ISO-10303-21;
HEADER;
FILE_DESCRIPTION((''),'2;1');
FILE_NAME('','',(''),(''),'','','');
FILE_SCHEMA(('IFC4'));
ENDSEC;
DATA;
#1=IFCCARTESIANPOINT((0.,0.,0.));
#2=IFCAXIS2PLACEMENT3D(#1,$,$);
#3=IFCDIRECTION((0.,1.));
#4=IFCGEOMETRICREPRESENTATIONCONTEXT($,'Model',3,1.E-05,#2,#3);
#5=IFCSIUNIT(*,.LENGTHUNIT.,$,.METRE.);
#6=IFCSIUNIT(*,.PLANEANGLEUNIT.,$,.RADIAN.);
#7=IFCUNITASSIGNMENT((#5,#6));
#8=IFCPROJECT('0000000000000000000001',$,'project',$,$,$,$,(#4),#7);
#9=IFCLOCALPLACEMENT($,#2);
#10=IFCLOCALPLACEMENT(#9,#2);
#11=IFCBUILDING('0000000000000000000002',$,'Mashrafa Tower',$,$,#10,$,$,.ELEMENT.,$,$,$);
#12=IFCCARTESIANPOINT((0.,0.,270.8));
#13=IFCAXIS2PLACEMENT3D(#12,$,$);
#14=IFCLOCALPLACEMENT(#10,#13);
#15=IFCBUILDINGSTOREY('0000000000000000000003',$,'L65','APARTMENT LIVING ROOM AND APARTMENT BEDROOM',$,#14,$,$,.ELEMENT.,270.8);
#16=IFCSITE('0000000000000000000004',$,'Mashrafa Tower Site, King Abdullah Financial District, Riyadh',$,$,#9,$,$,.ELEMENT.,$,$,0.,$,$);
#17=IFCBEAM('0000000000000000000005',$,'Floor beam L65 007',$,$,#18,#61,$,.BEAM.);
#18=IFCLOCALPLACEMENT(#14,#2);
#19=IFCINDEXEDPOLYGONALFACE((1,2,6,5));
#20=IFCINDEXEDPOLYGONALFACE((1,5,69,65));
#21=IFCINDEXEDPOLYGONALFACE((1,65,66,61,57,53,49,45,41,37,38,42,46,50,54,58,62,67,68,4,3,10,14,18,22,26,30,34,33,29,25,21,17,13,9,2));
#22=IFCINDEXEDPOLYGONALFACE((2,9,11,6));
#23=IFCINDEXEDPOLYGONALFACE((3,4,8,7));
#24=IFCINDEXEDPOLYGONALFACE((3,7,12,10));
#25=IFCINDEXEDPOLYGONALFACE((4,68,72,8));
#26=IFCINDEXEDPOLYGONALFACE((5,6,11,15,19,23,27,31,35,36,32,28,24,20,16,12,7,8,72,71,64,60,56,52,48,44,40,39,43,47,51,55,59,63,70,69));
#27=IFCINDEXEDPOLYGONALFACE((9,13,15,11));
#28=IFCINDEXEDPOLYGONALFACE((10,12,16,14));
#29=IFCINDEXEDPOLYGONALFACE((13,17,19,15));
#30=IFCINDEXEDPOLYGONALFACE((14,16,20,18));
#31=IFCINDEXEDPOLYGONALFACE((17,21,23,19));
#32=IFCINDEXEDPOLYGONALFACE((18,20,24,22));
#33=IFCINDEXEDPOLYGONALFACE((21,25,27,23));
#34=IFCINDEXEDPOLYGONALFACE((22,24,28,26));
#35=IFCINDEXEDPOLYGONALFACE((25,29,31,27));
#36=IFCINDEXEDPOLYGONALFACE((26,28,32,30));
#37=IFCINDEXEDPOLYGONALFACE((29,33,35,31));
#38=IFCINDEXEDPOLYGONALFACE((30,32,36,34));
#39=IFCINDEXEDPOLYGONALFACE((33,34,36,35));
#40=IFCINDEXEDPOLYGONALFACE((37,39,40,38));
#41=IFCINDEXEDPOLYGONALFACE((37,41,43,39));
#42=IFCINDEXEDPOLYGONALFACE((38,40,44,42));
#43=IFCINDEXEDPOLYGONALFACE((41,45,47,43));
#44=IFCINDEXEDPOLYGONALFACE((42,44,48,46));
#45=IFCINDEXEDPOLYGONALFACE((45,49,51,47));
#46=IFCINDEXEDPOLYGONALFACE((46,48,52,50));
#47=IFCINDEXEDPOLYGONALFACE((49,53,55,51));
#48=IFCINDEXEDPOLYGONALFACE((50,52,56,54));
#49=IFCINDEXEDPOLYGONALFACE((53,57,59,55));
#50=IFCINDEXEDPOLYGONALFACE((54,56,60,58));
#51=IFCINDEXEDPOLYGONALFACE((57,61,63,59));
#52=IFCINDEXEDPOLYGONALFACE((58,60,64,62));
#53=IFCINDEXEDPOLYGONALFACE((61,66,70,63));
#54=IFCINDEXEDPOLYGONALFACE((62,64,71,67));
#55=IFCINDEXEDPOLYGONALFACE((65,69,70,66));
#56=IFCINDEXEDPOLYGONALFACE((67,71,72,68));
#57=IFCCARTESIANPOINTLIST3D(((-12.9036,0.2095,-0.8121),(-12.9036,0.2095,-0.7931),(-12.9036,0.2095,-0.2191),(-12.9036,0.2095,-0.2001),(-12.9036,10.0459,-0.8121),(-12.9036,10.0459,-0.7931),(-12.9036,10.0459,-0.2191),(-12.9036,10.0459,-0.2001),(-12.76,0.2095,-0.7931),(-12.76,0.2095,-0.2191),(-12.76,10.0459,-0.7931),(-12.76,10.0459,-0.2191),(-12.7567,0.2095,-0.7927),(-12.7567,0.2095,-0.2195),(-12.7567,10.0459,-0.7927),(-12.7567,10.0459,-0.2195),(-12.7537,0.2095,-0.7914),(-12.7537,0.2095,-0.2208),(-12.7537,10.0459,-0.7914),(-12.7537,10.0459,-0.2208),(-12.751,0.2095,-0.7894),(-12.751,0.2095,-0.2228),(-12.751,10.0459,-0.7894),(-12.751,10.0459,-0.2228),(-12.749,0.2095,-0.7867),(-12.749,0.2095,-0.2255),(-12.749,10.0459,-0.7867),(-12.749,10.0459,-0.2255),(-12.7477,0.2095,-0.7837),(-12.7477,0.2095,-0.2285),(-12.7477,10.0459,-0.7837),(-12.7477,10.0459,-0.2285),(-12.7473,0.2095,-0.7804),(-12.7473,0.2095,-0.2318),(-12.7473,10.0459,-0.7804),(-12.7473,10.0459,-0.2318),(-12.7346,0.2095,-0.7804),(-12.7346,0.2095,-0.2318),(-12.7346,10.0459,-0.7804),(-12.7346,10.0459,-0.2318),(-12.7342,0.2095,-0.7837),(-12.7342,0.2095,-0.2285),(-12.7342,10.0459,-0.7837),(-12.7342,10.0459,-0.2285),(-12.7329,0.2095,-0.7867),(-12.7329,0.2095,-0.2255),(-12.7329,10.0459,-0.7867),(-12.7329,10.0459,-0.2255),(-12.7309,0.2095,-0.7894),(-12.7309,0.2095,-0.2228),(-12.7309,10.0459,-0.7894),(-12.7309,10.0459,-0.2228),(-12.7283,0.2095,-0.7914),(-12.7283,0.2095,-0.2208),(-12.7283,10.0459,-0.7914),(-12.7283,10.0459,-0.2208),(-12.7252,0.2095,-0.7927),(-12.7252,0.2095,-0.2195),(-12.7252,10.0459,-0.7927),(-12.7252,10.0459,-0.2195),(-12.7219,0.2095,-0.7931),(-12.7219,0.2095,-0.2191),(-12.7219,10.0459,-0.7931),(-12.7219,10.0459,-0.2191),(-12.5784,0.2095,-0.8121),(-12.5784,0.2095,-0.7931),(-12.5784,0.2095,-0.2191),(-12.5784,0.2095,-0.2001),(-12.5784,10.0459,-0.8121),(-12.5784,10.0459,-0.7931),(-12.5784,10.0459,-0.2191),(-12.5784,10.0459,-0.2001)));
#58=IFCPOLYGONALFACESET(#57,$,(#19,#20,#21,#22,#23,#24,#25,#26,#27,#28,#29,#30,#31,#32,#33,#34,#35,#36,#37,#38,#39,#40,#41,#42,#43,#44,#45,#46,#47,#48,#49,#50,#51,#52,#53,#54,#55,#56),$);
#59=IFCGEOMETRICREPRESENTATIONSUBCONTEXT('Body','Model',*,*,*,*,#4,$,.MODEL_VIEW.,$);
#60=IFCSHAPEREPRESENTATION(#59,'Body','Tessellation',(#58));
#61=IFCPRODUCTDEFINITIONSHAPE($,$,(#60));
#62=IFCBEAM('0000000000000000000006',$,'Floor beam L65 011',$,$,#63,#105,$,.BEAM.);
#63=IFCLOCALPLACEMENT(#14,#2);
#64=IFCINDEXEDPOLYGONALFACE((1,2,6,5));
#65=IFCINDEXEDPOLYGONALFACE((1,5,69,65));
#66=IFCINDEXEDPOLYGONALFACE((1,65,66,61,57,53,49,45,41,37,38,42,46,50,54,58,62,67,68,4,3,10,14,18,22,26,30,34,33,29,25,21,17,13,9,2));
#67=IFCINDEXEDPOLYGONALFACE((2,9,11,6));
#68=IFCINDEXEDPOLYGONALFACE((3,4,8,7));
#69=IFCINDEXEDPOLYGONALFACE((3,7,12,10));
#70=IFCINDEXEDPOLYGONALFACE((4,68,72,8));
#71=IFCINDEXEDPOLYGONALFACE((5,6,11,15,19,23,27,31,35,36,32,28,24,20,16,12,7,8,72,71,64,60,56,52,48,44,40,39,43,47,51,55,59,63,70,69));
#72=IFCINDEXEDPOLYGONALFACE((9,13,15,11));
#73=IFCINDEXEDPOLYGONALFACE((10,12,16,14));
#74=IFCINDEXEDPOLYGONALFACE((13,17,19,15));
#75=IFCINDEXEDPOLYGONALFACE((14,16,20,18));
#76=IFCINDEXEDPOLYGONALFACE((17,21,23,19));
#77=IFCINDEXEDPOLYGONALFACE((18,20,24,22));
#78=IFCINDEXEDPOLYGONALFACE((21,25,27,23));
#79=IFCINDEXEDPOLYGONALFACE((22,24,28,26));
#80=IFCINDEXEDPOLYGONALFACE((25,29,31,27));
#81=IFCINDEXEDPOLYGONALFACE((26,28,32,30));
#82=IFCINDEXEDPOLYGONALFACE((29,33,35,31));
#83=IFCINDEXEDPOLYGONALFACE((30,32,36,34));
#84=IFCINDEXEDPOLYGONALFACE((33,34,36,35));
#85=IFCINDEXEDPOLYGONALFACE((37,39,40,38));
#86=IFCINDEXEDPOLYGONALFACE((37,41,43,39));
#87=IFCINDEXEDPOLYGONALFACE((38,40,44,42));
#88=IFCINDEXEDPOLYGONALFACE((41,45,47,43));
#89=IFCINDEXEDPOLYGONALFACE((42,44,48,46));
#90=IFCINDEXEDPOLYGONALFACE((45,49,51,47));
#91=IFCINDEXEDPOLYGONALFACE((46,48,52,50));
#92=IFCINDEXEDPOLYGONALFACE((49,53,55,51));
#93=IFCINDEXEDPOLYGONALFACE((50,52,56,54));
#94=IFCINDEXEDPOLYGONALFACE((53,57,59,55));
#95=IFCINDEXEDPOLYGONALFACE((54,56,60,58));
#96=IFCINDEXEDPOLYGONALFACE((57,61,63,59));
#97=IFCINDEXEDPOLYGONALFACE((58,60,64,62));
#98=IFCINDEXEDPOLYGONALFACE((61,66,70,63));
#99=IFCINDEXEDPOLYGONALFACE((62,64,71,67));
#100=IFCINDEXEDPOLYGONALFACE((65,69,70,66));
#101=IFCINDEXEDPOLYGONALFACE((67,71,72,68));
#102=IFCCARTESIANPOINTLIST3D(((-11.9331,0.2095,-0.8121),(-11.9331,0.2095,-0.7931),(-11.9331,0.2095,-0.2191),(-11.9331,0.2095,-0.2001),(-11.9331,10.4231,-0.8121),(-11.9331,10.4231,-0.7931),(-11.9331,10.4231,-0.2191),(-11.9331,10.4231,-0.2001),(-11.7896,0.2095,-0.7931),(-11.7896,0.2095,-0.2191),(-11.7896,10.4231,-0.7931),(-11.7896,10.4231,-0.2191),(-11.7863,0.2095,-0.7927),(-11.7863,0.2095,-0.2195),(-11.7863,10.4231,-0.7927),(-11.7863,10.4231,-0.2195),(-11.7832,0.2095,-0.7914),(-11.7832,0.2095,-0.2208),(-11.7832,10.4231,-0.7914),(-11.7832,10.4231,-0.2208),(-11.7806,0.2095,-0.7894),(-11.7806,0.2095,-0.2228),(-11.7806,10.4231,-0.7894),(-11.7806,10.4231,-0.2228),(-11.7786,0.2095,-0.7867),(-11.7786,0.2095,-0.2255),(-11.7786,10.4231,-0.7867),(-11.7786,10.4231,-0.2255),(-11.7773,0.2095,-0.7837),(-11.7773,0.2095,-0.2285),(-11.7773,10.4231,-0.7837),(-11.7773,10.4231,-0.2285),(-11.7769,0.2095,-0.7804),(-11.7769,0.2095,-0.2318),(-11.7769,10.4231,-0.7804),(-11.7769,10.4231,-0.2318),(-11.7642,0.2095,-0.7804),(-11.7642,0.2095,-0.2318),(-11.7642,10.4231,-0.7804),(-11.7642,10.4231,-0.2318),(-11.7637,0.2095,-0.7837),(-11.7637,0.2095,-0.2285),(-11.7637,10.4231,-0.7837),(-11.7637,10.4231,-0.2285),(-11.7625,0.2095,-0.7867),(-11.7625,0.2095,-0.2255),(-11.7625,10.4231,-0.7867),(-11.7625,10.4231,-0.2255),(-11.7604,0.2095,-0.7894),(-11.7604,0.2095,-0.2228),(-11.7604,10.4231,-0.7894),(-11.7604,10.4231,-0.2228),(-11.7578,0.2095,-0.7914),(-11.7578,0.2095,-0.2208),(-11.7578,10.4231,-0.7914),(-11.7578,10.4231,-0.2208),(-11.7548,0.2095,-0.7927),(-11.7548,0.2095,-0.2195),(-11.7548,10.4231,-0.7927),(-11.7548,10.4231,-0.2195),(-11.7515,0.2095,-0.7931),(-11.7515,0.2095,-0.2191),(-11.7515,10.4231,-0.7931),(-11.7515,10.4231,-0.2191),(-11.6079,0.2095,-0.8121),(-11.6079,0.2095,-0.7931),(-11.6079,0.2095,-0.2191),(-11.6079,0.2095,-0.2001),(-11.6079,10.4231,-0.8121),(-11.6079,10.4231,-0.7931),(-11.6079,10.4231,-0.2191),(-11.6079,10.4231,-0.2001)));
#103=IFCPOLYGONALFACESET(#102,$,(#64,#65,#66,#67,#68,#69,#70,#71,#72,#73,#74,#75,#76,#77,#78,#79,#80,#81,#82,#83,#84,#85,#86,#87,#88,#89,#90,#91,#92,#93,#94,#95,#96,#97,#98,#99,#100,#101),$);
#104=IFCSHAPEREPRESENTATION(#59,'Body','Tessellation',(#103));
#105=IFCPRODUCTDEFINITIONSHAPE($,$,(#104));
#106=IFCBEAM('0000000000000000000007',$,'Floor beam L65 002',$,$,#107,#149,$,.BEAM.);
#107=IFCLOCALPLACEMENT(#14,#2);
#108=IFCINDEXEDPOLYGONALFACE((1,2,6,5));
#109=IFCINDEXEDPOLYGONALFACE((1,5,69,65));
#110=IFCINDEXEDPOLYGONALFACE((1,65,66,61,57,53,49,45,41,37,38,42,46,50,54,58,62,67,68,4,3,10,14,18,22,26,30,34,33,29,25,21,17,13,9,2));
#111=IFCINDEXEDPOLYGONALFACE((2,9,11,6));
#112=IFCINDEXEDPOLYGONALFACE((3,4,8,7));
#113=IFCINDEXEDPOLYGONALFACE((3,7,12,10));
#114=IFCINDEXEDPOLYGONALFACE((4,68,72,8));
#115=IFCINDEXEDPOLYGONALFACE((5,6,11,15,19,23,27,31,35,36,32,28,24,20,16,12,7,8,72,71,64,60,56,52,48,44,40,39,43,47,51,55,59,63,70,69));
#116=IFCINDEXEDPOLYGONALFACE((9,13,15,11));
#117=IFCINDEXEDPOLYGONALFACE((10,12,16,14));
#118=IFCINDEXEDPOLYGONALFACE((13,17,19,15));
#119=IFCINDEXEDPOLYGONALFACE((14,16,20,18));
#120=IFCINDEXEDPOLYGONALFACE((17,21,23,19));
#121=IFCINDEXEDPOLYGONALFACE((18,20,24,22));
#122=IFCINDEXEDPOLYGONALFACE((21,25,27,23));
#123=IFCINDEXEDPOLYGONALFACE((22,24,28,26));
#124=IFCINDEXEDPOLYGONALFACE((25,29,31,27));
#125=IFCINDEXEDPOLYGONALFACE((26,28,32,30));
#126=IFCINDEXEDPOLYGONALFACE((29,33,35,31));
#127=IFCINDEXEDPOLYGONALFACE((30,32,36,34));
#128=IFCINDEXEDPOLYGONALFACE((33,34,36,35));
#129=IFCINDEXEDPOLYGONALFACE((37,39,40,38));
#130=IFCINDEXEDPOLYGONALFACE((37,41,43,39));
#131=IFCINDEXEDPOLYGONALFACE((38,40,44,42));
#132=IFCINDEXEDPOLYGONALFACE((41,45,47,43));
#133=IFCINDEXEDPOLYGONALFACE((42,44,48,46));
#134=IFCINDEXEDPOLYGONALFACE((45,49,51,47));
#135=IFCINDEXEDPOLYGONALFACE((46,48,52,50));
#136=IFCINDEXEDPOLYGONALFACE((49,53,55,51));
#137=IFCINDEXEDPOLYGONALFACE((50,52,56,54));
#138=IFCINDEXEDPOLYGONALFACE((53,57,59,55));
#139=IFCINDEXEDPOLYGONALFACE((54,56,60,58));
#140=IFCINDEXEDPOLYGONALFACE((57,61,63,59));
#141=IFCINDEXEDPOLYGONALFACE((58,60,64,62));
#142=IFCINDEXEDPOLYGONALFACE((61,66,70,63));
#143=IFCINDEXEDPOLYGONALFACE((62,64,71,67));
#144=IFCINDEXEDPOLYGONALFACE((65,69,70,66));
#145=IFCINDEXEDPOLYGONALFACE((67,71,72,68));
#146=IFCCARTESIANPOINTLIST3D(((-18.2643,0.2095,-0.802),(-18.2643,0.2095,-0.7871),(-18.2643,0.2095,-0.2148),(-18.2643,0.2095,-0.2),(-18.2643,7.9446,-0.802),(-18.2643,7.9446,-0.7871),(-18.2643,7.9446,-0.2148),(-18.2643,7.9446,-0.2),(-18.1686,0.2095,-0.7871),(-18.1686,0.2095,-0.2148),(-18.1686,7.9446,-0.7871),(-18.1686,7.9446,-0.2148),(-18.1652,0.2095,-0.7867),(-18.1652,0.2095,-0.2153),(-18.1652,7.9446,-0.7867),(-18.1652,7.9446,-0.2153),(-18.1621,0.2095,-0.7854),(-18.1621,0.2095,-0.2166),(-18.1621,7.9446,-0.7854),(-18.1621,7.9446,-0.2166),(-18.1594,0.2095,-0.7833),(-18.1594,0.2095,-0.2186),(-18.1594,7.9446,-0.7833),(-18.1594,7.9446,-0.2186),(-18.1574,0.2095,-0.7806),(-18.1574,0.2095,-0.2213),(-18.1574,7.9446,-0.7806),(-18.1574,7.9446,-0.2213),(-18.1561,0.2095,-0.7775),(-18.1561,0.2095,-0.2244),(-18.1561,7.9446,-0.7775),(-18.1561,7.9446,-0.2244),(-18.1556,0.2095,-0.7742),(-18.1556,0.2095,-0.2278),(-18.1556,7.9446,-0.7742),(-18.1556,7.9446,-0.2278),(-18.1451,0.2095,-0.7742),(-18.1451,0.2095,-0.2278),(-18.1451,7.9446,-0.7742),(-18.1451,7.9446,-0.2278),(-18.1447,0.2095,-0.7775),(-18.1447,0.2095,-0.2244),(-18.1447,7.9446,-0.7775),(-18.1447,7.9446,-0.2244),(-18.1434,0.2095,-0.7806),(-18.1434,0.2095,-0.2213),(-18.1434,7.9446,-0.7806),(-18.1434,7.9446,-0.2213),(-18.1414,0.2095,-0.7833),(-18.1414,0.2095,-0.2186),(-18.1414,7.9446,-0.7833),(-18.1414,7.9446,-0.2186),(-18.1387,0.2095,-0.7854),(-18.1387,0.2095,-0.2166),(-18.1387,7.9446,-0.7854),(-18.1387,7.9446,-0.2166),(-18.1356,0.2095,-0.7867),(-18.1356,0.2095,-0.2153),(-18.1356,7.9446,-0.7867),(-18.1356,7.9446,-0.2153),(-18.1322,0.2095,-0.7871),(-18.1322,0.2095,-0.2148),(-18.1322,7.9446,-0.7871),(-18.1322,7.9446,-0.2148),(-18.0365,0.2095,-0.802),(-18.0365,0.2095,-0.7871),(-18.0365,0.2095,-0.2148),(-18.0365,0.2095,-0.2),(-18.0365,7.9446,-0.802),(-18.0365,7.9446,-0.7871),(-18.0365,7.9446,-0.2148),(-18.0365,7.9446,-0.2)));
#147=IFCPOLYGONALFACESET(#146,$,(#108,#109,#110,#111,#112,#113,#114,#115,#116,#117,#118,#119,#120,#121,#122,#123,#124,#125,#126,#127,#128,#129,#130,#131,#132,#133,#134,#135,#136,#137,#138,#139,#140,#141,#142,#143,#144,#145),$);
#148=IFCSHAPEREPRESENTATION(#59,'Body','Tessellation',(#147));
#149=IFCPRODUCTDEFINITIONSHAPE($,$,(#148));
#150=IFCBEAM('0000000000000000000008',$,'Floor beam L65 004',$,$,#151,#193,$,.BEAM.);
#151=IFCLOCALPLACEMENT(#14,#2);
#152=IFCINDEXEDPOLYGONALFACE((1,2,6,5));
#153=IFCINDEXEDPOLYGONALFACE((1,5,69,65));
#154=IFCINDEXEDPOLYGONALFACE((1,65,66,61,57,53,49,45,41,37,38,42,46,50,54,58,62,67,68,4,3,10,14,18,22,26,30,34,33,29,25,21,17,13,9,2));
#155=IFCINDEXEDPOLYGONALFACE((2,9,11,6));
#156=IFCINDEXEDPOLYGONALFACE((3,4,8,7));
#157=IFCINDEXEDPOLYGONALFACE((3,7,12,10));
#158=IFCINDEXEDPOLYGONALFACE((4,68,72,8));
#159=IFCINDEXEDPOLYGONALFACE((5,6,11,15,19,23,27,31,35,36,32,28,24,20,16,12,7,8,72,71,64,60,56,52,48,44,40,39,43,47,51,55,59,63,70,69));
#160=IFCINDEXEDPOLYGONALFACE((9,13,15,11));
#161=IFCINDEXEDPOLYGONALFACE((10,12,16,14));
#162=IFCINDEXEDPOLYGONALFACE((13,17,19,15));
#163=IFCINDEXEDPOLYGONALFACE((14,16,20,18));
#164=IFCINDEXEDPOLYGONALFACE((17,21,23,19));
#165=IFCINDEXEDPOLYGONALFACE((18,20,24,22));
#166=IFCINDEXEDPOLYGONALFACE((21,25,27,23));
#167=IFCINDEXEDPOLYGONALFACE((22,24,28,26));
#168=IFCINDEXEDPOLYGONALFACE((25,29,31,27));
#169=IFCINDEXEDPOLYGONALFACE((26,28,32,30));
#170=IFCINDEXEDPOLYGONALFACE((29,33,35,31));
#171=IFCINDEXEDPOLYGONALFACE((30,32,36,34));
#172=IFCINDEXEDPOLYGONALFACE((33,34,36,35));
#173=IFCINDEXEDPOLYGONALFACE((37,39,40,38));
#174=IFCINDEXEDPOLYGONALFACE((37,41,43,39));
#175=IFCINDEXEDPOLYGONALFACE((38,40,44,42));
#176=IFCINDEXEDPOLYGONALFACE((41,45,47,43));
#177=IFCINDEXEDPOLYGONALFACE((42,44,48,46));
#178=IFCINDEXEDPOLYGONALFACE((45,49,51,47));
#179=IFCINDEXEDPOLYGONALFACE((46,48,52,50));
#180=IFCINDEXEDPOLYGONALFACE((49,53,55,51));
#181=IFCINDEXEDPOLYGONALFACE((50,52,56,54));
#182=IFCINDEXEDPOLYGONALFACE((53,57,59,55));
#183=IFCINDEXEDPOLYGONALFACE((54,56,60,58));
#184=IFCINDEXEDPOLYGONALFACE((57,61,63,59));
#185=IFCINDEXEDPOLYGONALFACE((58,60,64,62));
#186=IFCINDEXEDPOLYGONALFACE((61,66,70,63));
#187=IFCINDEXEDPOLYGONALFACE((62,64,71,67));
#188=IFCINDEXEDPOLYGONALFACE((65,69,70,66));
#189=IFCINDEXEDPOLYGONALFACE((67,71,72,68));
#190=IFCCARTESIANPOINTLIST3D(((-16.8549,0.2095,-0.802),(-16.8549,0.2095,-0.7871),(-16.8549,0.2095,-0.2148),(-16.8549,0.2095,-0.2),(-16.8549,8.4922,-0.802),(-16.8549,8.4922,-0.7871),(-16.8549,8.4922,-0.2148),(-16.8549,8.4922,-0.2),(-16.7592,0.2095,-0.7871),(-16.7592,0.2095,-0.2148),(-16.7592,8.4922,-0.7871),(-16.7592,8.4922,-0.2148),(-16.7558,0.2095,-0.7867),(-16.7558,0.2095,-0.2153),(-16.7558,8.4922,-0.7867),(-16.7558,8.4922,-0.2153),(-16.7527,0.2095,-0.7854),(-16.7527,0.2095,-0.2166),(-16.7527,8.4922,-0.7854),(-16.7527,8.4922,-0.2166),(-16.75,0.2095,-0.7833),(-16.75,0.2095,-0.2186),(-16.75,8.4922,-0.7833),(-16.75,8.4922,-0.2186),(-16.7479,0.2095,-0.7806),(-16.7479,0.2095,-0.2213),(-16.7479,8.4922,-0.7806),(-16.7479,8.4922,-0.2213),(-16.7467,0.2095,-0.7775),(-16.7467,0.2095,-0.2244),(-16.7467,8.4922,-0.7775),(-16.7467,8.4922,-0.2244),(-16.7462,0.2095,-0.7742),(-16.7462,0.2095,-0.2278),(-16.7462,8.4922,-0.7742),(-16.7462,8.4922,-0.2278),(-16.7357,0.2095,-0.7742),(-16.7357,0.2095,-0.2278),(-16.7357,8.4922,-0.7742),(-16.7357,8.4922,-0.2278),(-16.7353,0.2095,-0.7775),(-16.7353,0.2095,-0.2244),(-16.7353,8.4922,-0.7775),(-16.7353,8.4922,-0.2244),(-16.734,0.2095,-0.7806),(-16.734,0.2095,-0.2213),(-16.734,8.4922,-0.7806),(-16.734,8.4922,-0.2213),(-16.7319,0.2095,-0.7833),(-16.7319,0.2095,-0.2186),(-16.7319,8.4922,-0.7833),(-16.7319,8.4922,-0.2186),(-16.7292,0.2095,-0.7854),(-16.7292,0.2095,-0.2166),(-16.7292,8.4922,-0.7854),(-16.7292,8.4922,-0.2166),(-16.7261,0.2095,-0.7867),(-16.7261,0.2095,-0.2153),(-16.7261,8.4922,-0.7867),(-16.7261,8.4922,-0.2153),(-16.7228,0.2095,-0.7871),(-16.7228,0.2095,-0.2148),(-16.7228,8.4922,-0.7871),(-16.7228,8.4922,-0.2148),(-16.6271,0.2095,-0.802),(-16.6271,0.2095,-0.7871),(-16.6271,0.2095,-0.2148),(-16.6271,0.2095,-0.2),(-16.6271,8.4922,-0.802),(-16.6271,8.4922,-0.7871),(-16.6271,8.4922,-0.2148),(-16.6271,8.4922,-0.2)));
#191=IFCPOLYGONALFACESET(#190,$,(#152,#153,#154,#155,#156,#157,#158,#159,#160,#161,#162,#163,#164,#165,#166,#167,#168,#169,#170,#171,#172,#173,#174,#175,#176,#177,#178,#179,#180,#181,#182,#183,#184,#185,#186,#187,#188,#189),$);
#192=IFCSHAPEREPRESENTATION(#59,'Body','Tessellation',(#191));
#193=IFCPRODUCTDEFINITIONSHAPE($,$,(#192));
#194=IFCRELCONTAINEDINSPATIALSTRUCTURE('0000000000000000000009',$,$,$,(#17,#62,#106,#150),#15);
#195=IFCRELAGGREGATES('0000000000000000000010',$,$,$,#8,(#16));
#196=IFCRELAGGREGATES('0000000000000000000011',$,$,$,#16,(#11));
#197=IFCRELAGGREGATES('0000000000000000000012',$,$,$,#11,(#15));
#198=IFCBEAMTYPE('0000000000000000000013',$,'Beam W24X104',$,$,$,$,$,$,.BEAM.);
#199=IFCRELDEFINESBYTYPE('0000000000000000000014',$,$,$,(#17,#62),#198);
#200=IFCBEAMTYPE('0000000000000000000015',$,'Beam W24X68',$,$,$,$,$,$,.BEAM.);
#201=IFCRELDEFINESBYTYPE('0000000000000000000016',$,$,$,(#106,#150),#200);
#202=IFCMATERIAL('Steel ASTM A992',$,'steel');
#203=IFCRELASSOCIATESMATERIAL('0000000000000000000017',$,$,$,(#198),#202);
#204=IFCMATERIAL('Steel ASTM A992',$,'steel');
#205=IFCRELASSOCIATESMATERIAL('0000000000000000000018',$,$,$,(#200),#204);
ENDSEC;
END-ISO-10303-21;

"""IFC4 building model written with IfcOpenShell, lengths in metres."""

from ifc_helpers import new_model, si_unit, direction, frame, origin, origin_2d, place, context, subcontext, project, spatial, i_section, extrude, material, material_profile, profile_set, type_object, element, save


model = new_model("IFC4")

# Units and contexts
model_context = context("Model", 3, precision=1e-05, world=origin(), true_north=direction((0.0, 1.0)))
body_context = subcontext(model_context, "Body", "Model", "MODEL_VIEW")
ifc_project = project(units=[si_unit("LENGTHUNIT", "METRE"), si_unit("PLANEANGLEUNIT", "RADIAN")], contexts=[model_context])

# Site, building, storey
site_placement = place(None, origin())
site = spatial("IfcSite", under=ifc_project, at=site_placement, Name="Mashrafa Tower Site, King Abdullah Financial District, Riyadh", CompositionType="ELEMENT", RefElevation=0.0)
building_placement = place(site_placement, origin())
building = spatial("IfcBuilding", under=site, at=building_placement, Name="Mashrafa Tower", CompositionType="ELEMENT")
storey_placement = place(building_placement, frame((0.0, 0.0, 270.8)))
storey = spatial("IfcBuildingStorey", under=building, at=storey_placement, Name="L65", Description="APARTMENT LIVING ROOM AND APARTMENT BEDROOM", CompositionType="ELEMENT", Elevation=270.8)

# Beams
ifc_material_1 = material(Name="Steel ASTM A992", Category="steel")
ifc_material_profile_1 = material_profile(ifc_material_1, i_section(OverallWidth=0.3252, OverallDepth=0.6121, WebThickness=0.0127, FlangeThickness=0.019, FilletRadius=0.0127, at=origin_2d()), Name="W24X104")
ifc_profile_set_1 = profile_set([ifc_material_profile_1], Name="Steel ASTM A992")
beam_type_1 = type_object("IfcBeamType", Name="Beam W24X104", PredefinedType="BEAM", material=ifc_profile_set_1)
beam_1_placement = place(storey_placement, frame((-12.741, 0.2095, -0.5061), z_axis=(0.0, 1.0, 0.0), x_axis=(-1.0, 0.0, 0.0)))
element("IfcBeam", 1, at=beam_1_placement, inside=storey, type_object=beam_type_1, Name="Floor beam L65 007", PredefinedType="BEAM", context=body_context, shape_type="SweptSolid", body=[
    extrude(i_section(OverallWidth=0.3252, OverallDepth=0.6121, WebThickness=0.0127, FlangeThickness=0.019, FilletRadius=0.0127, at=origin_2d()), origin(), (0.0, 0.0, 1.0), 9.8364),
])
beam_2_placement = place(storey_placement, frame((-11.7705, 0.2095, -0.5061), z_axis=(0.0, 1.0, 0.0), x_axis=(-1.0, 0.0, 0.0)))
element("IfcBeam", 2, at=beam_2_placement, inside=storey, type_object=beam_type_1, Name="Floor beam L65 011", PredefinedType="BEAM", context=body_context, shape_type="SweptSolid", body=[
    extrude(i_section(OverallWidth=0.3252, OverallDepth=0.6121, WebThickness=0.0127, FlangeThickness=0.019, FilletRadius=0.0127, at=origin_2d()), origin(), (0.0, 0.0, 1.0), 10.2136),
])
ifc_material_2 = material(Name="Steel ASTM A992", Category="steel")
ifc_material_profile_2 = material_profile(ifc_material_2, i_section(OverallWidth=0.2278, OverallDepth=0.6021, WebThickness=0.0105, FlangeThickness=0.0149, FilletRadius=0.0129, at=origin_2d()), Name="W24X68")
ifc_profile_set_2 = profile_set([ifc_material_profile_2], Name="Steel ASTM A992")
beam_type_2 = type_object("IfcBeamType", Name="Beam W24X68", PredefinedType="BEAM", material=ifc_profile_set_2)
beam_3_placement = place(storey_placement, frame((-18.1504, 0.2095, -0.501), z_axis=(0.0, 1.0, 0.0), x_axis=(-1.0, 0.0, 0.0)))
element("IfcBeam", 3, at=beam_3_placement, inside=storey, type_object=beam_type_2, Name="Floor beam L65 002", PredefinedType="BEAM", context=body_context, shape_type="SweptSolid", body=[
    extrude(i_section(OverallWidth=0.2278, OverallDepth=0.6021, WebThickness=0.0105, FlangeThickness=0.0149, FilletRadius=0.0129, at=origin_2d()), origin(), (0.0, 0.0, 1.0), 7.7351),
])
beam_4_placement = place(storey_placement, frame((-16.741, 0.2095, -0.501), z_axis=(0.0, 1.0, 0.0), x_axis=(-1.0, 0.0, 0.0)))
element("IfcBeam", 4, at=beam_4_placement, inside=storey, type_object=beam_type_2, Name="Floor beam L65 004", PredefinedType="BEAM", context=body_context, shape_type="SweptSolid", body=[
    extrude(i_section(OverallWidth=0.2278, OverallDepth=0.6021, WebThickness=0.0105, FlangeThickness=0.0149, FilletRadius=0.0129, at=origin_2d()), origin(), (0.0, 0.0, 1.0), 8.2827),
])

save(model, "model.ifc")
